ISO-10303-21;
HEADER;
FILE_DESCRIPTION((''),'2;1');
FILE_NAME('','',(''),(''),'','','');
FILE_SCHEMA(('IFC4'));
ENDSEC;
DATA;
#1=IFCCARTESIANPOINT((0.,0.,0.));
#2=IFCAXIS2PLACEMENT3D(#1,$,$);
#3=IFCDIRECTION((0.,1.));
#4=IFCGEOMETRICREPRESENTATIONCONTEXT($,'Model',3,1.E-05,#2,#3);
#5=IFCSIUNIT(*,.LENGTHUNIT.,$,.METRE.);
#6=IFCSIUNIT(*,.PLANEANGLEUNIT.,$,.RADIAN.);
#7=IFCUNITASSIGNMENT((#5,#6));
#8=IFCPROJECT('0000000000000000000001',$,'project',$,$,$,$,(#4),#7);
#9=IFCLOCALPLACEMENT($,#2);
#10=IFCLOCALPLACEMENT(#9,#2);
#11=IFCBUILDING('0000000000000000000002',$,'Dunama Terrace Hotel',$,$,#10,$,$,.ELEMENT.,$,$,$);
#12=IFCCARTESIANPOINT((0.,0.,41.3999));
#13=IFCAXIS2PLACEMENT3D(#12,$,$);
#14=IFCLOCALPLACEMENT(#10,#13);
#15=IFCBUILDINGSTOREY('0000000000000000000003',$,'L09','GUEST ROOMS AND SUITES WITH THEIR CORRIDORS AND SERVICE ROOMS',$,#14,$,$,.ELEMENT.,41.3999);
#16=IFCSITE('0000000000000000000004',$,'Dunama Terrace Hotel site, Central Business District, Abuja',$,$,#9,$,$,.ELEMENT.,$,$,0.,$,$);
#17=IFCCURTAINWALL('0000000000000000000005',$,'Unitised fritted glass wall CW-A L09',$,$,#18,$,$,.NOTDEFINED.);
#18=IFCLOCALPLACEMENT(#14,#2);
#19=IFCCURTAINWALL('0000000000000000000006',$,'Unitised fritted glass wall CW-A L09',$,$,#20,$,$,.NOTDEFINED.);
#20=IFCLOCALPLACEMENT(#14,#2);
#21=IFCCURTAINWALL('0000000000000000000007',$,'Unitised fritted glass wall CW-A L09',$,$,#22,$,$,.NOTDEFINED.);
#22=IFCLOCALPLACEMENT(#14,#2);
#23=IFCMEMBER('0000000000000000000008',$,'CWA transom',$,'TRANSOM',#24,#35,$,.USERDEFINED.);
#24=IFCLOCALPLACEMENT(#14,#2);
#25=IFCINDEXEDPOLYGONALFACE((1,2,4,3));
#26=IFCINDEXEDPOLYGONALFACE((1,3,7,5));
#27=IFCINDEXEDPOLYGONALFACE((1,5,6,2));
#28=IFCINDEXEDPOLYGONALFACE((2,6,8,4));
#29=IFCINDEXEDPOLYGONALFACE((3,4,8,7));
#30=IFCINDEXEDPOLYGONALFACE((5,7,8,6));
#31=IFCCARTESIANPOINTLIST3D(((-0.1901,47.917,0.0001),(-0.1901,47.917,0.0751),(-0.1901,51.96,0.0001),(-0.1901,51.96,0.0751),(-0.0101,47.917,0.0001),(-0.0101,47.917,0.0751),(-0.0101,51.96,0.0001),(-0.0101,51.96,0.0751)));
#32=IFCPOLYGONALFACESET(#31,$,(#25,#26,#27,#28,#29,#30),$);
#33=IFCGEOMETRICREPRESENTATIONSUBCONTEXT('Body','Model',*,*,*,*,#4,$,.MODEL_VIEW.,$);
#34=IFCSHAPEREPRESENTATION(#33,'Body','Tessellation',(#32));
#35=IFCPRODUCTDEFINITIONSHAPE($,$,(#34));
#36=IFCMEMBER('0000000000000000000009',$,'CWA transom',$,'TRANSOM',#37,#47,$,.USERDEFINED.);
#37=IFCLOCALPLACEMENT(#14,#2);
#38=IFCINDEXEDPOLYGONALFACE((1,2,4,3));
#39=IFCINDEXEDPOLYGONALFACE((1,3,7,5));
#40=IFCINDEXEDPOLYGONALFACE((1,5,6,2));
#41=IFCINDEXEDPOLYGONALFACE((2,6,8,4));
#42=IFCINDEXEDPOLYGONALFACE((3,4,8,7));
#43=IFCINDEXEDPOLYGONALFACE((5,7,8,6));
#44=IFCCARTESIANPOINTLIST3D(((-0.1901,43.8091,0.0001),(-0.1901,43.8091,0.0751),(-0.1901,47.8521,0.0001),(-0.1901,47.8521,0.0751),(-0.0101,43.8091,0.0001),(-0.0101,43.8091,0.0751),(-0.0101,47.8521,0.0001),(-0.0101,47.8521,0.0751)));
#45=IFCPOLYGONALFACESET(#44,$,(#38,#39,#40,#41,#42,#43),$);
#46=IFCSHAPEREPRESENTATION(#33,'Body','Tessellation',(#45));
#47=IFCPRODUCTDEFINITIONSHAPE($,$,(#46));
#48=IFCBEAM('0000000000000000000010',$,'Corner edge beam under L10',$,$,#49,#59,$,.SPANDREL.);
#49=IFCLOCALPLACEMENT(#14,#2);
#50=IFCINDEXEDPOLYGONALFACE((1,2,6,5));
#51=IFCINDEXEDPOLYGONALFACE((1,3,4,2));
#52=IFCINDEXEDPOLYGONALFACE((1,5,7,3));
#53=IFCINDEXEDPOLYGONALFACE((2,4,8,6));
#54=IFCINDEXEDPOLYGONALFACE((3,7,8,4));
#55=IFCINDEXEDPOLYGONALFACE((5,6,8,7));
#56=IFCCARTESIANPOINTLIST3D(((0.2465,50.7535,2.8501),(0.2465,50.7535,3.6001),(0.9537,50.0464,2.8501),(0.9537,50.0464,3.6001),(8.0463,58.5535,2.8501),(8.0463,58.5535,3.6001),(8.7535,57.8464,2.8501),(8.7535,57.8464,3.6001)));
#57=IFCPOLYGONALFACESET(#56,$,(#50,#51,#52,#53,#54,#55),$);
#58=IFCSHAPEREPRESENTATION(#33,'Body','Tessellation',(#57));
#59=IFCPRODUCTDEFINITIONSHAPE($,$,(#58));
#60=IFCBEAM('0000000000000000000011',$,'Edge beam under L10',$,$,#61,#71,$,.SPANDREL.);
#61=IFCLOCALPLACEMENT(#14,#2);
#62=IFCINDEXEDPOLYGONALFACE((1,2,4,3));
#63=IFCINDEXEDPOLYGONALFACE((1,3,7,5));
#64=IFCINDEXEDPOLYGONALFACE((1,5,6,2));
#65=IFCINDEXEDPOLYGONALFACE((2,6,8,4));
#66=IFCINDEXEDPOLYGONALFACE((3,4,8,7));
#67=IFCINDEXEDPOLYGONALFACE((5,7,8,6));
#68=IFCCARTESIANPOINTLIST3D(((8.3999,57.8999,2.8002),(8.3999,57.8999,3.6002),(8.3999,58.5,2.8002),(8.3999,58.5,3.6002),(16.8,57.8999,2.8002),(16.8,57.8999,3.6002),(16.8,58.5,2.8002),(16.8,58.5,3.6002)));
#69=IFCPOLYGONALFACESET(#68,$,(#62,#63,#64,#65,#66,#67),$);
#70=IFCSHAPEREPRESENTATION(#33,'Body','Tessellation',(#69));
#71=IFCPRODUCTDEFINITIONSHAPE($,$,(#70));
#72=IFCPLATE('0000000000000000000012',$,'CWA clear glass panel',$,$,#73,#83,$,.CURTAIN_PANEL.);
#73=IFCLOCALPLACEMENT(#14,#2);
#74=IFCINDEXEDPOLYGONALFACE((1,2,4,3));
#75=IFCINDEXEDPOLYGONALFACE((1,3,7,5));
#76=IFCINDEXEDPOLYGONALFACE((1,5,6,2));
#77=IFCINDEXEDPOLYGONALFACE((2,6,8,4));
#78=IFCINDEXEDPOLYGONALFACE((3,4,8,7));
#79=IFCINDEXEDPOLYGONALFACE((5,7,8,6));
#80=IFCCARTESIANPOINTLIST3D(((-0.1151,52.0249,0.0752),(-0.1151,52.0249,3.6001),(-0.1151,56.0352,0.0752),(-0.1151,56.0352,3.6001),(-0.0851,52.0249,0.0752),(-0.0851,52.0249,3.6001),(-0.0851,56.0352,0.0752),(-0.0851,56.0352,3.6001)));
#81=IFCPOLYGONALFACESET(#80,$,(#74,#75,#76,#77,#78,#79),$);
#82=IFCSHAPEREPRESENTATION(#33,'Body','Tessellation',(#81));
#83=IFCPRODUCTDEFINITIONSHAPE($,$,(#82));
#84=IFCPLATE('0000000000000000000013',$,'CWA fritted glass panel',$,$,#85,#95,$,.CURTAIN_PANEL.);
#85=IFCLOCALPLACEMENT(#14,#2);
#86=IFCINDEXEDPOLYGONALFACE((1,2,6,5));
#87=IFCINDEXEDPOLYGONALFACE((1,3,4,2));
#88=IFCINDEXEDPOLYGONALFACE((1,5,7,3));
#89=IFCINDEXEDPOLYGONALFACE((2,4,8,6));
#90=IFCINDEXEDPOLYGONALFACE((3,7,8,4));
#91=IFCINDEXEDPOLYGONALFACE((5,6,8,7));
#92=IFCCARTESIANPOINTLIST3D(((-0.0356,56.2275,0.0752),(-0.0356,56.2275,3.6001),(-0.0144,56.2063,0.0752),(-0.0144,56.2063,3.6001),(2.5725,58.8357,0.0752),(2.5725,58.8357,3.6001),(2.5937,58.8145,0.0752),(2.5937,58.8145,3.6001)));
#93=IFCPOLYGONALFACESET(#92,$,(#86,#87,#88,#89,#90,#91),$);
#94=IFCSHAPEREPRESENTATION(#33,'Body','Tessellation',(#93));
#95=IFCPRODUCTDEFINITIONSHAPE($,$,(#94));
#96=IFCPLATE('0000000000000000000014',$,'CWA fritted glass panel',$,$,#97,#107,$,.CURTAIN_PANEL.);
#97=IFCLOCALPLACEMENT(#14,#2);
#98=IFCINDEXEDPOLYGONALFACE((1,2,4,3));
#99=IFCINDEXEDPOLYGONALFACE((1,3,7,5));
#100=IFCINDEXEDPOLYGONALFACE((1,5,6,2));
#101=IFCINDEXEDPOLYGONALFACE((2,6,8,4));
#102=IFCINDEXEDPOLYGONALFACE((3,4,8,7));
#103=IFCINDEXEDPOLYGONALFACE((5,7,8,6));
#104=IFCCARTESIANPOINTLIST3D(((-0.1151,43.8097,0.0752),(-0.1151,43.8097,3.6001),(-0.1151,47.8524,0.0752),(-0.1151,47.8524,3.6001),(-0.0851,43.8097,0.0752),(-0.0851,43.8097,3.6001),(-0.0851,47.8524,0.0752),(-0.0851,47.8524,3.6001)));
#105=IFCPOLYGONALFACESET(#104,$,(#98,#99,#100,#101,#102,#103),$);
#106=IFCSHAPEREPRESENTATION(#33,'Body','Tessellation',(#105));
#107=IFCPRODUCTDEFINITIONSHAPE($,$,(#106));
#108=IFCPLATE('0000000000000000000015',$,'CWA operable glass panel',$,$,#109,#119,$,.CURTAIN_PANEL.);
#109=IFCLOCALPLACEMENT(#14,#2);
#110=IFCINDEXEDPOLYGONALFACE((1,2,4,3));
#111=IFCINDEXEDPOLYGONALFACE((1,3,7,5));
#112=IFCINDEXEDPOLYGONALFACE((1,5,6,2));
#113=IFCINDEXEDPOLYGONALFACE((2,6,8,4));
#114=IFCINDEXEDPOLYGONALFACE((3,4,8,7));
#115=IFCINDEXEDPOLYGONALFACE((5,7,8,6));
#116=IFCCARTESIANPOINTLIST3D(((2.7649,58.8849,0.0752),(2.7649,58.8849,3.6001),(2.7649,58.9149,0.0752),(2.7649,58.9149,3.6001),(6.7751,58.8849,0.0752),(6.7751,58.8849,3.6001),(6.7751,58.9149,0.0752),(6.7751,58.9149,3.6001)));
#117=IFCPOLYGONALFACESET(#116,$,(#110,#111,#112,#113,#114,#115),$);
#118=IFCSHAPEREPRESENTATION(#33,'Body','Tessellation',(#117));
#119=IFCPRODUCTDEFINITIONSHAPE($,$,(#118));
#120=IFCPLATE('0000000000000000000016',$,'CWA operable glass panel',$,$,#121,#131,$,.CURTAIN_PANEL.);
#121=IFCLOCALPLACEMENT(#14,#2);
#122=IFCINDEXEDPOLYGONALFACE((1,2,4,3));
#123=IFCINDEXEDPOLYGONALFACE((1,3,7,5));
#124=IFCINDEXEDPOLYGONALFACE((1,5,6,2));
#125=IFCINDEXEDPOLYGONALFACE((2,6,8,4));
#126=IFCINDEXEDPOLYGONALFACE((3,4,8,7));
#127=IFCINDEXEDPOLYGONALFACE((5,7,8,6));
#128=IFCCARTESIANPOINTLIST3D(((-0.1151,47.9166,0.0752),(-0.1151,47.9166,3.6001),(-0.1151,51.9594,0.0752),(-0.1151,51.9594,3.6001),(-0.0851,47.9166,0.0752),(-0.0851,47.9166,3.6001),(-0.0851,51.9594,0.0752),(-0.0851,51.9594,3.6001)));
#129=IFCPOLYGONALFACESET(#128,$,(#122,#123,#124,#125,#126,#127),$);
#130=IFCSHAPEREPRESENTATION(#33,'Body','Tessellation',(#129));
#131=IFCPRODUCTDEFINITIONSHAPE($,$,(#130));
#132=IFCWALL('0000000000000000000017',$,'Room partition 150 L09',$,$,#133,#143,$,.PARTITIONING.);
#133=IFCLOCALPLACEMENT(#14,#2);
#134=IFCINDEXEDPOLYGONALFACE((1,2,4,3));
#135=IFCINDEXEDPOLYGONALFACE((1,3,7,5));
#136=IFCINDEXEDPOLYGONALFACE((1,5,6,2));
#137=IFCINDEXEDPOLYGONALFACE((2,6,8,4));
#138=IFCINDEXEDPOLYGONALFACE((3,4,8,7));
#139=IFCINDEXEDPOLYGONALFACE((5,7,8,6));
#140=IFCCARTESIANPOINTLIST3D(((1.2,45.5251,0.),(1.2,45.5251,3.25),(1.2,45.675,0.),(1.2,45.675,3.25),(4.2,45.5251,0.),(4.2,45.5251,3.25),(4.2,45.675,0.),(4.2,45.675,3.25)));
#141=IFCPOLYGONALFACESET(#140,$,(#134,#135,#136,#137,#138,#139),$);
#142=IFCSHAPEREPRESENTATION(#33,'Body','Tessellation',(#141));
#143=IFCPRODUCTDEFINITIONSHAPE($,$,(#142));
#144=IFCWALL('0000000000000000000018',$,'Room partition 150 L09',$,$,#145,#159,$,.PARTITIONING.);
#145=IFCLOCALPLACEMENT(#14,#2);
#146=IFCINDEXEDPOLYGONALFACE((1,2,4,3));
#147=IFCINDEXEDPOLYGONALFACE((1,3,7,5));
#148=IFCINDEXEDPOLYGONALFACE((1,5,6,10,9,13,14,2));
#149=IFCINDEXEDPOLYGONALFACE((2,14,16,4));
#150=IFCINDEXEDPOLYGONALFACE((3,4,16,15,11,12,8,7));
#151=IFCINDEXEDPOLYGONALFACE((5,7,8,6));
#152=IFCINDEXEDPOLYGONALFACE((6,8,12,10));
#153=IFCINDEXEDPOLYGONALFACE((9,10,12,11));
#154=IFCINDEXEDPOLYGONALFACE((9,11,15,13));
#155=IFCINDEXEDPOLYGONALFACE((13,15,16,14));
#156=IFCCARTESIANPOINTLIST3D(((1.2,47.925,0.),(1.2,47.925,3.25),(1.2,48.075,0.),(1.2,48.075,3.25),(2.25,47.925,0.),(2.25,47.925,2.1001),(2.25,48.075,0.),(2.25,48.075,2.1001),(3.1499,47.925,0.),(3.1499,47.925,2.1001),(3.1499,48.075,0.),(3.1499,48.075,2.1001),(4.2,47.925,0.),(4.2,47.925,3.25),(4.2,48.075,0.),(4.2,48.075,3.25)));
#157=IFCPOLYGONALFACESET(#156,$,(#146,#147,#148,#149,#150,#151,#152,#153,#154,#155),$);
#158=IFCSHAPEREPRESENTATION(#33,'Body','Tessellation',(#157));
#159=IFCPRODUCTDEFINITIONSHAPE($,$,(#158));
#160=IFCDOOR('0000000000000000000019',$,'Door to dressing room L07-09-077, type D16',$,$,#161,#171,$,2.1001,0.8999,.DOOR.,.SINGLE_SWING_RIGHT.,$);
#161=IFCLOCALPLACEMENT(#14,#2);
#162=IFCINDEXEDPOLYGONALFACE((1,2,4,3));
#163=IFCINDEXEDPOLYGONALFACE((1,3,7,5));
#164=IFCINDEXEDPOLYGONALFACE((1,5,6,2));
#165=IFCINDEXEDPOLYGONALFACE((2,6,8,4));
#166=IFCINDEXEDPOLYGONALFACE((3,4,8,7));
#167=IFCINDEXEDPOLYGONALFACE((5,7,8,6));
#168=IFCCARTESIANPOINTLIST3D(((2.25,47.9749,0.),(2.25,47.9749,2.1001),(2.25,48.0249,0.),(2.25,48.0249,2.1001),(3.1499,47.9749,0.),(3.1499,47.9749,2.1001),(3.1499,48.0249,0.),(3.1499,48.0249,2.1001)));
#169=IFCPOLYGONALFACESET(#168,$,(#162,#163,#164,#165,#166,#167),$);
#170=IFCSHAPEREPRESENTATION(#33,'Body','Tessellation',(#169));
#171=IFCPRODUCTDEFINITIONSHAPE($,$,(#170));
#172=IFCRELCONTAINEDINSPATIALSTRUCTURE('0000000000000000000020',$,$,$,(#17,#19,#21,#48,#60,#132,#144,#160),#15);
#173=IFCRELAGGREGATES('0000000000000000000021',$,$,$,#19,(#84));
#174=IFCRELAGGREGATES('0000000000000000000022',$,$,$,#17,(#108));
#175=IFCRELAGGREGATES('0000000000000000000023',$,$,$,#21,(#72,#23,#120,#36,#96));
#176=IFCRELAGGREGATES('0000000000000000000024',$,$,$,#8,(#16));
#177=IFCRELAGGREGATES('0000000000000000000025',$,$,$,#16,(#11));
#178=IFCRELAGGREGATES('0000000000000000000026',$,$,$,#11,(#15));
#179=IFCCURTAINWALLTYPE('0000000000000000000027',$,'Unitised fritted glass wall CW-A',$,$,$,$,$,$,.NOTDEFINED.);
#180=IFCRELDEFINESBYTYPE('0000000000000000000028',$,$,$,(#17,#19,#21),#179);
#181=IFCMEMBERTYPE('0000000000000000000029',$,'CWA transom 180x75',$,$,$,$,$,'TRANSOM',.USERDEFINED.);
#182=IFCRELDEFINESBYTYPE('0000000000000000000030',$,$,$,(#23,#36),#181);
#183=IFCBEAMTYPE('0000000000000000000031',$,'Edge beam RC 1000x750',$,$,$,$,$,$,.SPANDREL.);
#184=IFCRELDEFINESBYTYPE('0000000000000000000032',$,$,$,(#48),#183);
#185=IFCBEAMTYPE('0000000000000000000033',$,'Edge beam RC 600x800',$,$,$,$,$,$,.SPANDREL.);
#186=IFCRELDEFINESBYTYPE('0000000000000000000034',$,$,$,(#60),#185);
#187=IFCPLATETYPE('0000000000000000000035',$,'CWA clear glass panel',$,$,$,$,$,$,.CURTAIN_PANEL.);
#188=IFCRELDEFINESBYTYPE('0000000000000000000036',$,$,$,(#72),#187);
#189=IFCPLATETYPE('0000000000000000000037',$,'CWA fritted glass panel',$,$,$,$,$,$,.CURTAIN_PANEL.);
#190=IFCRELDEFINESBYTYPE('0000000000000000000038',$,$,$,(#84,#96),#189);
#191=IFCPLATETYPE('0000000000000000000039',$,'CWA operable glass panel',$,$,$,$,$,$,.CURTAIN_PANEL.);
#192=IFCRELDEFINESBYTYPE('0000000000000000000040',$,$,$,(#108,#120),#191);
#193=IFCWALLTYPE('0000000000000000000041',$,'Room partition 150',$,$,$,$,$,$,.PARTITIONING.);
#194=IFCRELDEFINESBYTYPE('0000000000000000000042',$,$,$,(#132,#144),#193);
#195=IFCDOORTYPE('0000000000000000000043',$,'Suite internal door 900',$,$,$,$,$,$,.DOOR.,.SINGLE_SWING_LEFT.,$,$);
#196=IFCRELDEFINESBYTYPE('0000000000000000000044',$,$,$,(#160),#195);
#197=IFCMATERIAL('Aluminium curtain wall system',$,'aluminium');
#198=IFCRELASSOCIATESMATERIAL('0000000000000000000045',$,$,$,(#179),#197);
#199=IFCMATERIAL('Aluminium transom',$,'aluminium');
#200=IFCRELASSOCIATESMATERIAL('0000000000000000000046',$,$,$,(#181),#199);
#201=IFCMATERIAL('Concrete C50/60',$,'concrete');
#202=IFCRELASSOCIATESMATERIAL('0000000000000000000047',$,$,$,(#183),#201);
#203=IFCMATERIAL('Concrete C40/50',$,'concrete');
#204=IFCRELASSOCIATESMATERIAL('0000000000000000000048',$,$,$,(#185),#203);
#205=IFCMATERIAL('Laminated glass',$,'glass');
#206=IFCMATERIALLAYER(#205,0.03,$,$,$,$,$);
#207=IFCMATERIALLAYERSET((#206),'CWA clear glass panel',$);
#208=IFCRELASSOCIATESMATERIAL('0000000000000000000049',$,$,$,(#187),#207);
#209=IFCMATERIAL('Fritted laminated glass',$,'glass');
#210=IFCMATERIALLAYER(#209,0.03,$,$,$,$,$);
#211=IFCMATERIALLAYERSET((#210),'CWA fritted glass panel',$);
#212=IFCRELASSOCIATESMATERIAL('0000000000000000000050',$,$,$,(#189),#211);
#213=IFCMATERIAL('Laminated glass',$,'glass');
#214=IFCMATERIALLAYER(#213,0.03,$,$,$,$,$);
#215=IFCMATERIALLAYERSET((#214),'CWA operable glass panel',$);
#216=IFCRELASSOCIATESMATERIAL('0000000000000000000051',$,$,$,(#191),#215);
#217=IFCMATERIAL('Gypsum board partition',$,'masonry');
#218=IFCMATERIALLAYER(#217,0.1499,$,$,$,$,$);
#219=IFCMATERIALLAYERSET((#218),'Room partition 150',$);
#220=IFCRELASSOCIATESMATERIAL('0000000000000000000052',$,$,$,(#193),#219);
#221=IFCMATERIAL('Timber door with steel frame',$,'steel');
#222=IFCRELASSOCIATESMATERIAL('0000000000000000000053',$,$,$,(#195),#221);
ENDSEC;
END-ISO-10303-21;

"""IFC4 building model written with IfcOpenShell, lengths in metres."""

from ifc_helpers import new_model, si_unit, direction, frame, frame_2d, origin, origin_2d, place, context, subcontext, project, spatial, rectangle, extrude, material, layer, layer_set, material_profile, profile_set, type_object, element, fill, aggregate, save


model = new_model("IFC4")

# Units and contexts
model_context = context("Model", 3, precision=1e-05, world=origin(), true_north=direction((0.0, 1.0)))
body_context = subcontext(model_context, "Body", "Model", "MODEL_VIEW")
ifc_project = project(units=[si_unit("LENGTHUNIT", "METRE"), si_unit("PLANEANGLEUNIT", "RADIAN")], contexts=[model_context])

# Site, building, storey
site_placement = place(None, origin())
site = spatial("IfcSite", under=ifc_project, at=site_placement, Name="Dunama Terrace Hotel site, Central Business District, Abuja", CompositionType="ELEMENT", RefElevation=0.0)
building_placement = place(site_placement, origin())
building = spatial("IfcBuilding", under=site, at=building_placement, Name="Dunama Terrace Hotel", CompositionType="ELEMENT")
storey_placement = place(building_placement, frame((0.0, 0.0, 41.3999)))
storey = spatial("IfcBuildingStorey", under=building, at=storey_placement, Name="L09", Description="GUEST ROOMS AND SUITES WITH THEIR CORRIDORS AND SERVICE ROOMS", CompositionType="ELEMENT", Elevation=41.3999)

# Curtain walls
ifc_material_1 = material(Name="Aluminium curtain wall system", Category="aluminium")
curtain_wall_type = type_object("IfcCurtainWallType", Name="Unitised fritted glass wall CW-A", PredefinedType="NOTDEFINED", material=ifc_material_1)
curtain_wall_1_placement = place(storey_placement, origin())
curtain_wall_1 = element("IfcCurtainWall", 1, at=curtain_wall_1_placement, inside=storey, type_object=curtain_wall_type, Name="Unitised fritted glass wall CW-A L09", PredefinedType="NOTDEFINED")
curtain_wall_2_placement = place(storey_placement, origin())
curtain_wall_2 = element("IfcCurtainWall", 2, at=curtain_wall_2_placement, inside=storey, type_object=curtain_wall_type, Name="Unitised fritted glass wall CW-A L09", PredefinedType="NOTDEFINED")
curtain_wall_3_placement = place(storey_placement, origin())
curtain_wall_3 = element("IfcCurtainWall", 3, at=curtain_wall_3_placement, inside=storey, type_object=curtain_wall_type, Name="Unitised fritted glass wall CW-A L09", PredefinedType="NOTDEFINED")

# Members
ifc_material_2 = material(Name="Aluminium transom", Category="aluminium")
ifc_material_profile_1 = material_profile(ifc_material_2, rectangle(XDim=0.1799, YDim=0.075, at=origin_2d()), Name="CWA TRANSOM 180X75")
ifc_profile_set_1 = profile_set([ifc_material_profile_1], Name="Aluminium transom")
member_type_1 = type_object("IfcMemberType", Name="CWA transom 180x75", ElementType="TRANSOM", PredefinedType="USERDEFINED", material=ifc_profile_set_1)
member_1_placement = place(storey_placement, frame((-0.1001, 51.96, 0.0376), z_axis=(0.0, -1.0, 0.0), x_axis=(1.0, 0.0, 0.0)))
member_1 = element("IfcMember", 4, at=member_1_placement, type_object=member_type_1, Name="CWA transom", ObjectType="TRANSOM", PredefinedType="USERDEFINED", context=body_context, shape_type="SweptSolid", body=[
    extrude(rectangle(XDim=0.1799, YDim=0.075, at=origin_2d()), origin(), (0.0, 0.0, 1.0), 4.043),
])
member_2_placement = place(storey_placement, frame((-0.1001, 47.8521, 0.0376), z_axis=(0.0, -1.0, 0.0), x_axis=(1.0, 0.0, 0.0)))
member_2 = element("IfcMember", 5, at=member_2_placement, type_object=member_type_1, Name="CWA transom", ObjectType="TRANSOM", PredefinedType="USERDEFINED", context=body_context, shape_type="SweptSolid", body=[
    extrude(rectangle(XDim=0.1799, YDim=0.075, at=origin_2d()), origin(), (0.0, 0.0, 1.0), 4.043),
])

# Beams
ifc_material_3 = material(Name="Concrete C50/60", Category="concrete")
ifc_material_profile_2 = material_profile(ifc_material_3, rectangle(XDim=1.0, YDim=0.75, at=origin_2d()), Name="RC 1000x750")
ifc_profile_set_2 = profile_set([ifc_material_profile_2], Name="Concrete C50/60")
beam_type_1 = type_object("IfcBeamType", Name="Edge beam RC 1000x750", PredefinedType="SPANDREL", material=ifc_profile_set_2)
beam_1_placement = place(storey_placement, frame((8.3999, 58.2, 3.2251), z_axis=(-0.707096, -0.707118, 0.0), x_axis=(0.707118, -0.707096, 0.0)))
element("IfcBeam", 6, at=beam_1_placement, inside=storey, type_object=beam_type_1, Name="Corner edge beam under L10", PredefinedType="SPANDREL", context=body_context, shape_type="SweptSolid", body=[
    extrude(rectangle(XDim=1.0, YDim=0.75, at=origin_2d()), origin(), (0.0, 0.0, 1.0), 11.0308),
])
ifc_material_4 = material(Name="Concrete C40/50", Category="concrete")
ifc_material_profile_3 = material_profile(ifc_material_4, rectangle(XDim=0.6001, YDim=0.8, at=origin_2d()), Name="RC 600x800")
ifc_profile_set_3 = profile_set([ifc_material_profile_3], Name="Concrete C40/50")
beam_type_2 = type_object("IfcBeamType", Name="Edge beam RC 600x800", PredefinedType="SPANDREL", material=ifc_profile_set_3)
beam_2_placement = place(storey_placement, frame((8.3999, 58.2, 3.2002), z_axis=(1.0, 0.0, 0.0), x_axis=(0.0, 1.0, 0.0)))
element("IfcBeam", 7, at=beam_2_placement, inside=storey, type_object=beam_type_2, Name="Edge beam under L10", PredefinedType="SPANDREL", context=body_context, shape_type="SweptSolid", body=[
    extrude(rectangle(XDim=0.6001, YDim=0.8, at=origin_2d()), origin(), (0.0, 0.0, 1.0), 8.4001),
])

# Plates
ifc_material_5 = material(Name="Laminated glass", Category="glass")
ifc_layer_1 = layer(ifc_material_5, 0.03)
ifc_layer_set_1 = layer_set([ifc_layer_1], Name="CWA clear glass panel")
plate_type_1 = type_object("IfcPlateType", Name="CWA clear glass panel", PredefinedType="CURTAIN_PANEL", material=ifc_layer_set_1)
plate_1_placement = place(storey_placement, frame((-0.1001, 54.03, 0.0752), z_axis=(0.0, 0.0, 1.0), x_axis=(0.0, -1.0, 0.0)))
plate_1 = element("IfcPlate", 8, at=plate_1_placement, type_object=plate_type_1, Name="CWA clear glass panel", PredefinedType="CURTAIN_PANEL", context=body_context, shape_type="SweptSolid", body=[
    extrude(rectangle(XDim=4.0103, YDim=0.03, at=origin_2d()), origin(), (0.0, 0.0, 1.0), 3.5249),
])
ifc_material_6 = material(Name="Fritted laminated glass", Category="glass")
ifc_layer_2 = layer(ifc_material_6, 0.03)
ifc_layer_set_2 = layer_set([ifc_layer_2], Name="CWA fritted glass panel")
plate_type_2 = type_object("IfcPlateType", Name="CWA fritted glass panel", PredefinedType="CURTAIN_PANEL", material=ifc_layer_set_2)
plate_2_placement = place(storey_placement, frame((1.2791, 57.521, 0.0752), z_axis=(0.0, 0.0, 1.0), x_axis=(-0.707107, -0.707107, 0.0)))
plate_2 = element("IfcPlate", 9, at=plate_2_placement, type_object=plate_type_2, Name="CWA fritted glass panel", PredefinedType="CURTAIN_PANEL", context=body_context, shape_type="SweptSolid", body=[
    extrude(rectangle(XDim=3.6885, YDim=0.03, at=origin_2d()), origin(), (0.0, 0.0, 1.0), 3.5249),
])
aggregate(curtain_wall_2, [plate_2])
plate_3_placement = place(storey_placement, frame((-0.1001, 45.8311, 0.0752), z_axis=(0.0, 0.0, 1.0), x_axis=(0.0, -1.0, 0.0)))
plate_3 = element("IfcPlate", 10, at=plate_3_placement, type_object=plate_type_2, Name="CWA fritted glass panel", PredefinedType="CURTAIN_PANEL", context=body_context, shape_type="SweptSolid", body=[
    extrude(rectangle(XDim=4.0427, YDim=0.03, at=origin_2d()), origin(), (0.0, 0.0, 1.0), 3.5249),
])
ifc_material_7 = material(Name="Laminated glass", Category="glass")
ifc_layer_3 = layer(ifc_material_7, 0.03)
ifc_layer_set_3 = layer_set([ifc_layer_3], Name="CWA operable glass panel")
plate_type_3 = type_object("IfcPlateType", Name="CWA operable glass panel", PredefinedType="CURTAIN_PANEL", material=ifc_layer_set_3)
plate_4_placement = place(storey_placement, frame((4.77, 58.8999, 0.0752), z_axis=(0.0, 0.0, 1.0), x_axis=(-1.0, 0.0, 0.0)))
plate_4 = element("IfcPlate", 11, at=plate_4_placement, type_object=plate_type_3, Name="CWA operable glass panel", PredefinedType="CURTAIN_PANEL", context=body_context, shape_type="SweptSolid", body=[
    extrude(rectangle(XDim=4.0103, YDim=0.03, at=origin_2d()), origin(), (0.0, 0.0, 1.0), 3.5249),
])
aggregate(curtain_wall_1, [plate_4])
plate_5_placement = place(storey_placement, frame((-0.1001, 49.938, 0.0752), z_axis=(0.0, 0.0, 1.0), x_axis=(0.0, -1.0, 0.0)))
plate_5 = element("IfcPlate", 12, at=plate_5_placement, type_object=plate_type_3, Name="CWA operable glass panel", PredefinedType="CURTAIN_PANEL", context=body_context, shape_type="SweptSolid", body=[
    extrude(rectangle(XDim=4.0427, YDim=0.03, at=origin_2d()), origin(), (0.0, 0.0, 1.0), 3.5249),
])
aggregate(curtain_wall_3, [plate_1, member_1, plate_5, member_2, plate_3])

# Wall
ifc_material_8 = material(Name="Gypsum board partition", Category="masonry")
ifc_layer_4 = layer(ifc_material_8, 0.1499)
ifc_layer_set_4 = layer_set([ifc_layer_4], Name="Room partition 150")
wall_type = type_object("IfcWallType", Name="Room partition 150", PredefinedType="PARTITIONING", material=ifc_layer_set_4)
wall_1_placement = place(storey_placement, frame((1.2, 45.6001, 0.0), z_axis=(0.0, 0.0, 1.0), x_axis=(1.0, 0.0, 0.0)))
element("IfcWall", 13, at=wall_1_placement, inside=storey, type_object=wall_type, Name="Room partition 150 L09", PredefinedType="PARTITIONING", context=body_context, shape_type="SweptSolid", body=[
    extrude(rectangle(XDim=3.0, YDim=0.1499, at=frame_2d((1.5, 0.0))), origin(), (0.0, 0.0, 1.0), 3.25),
])

# Wall, opening, door
wall_2_placement = place(storey_placement, frame((1.2, 48.0, 0.0), z_axis=(0.0, 0.0, 1.0), x_axis=(1.0, 0.0, 0.0)))
wall_2 = element("IfcWall", 14, at=wall_2_placement, inside=storey, type_object=wall_type, Name="Room partition 150 L09", PredefinedType="PARTITIONING", context=body_context, shape_type="SweptSolid", body=[
    extrude(rectangle(XDim=3.0, YDim=0.1499, at=frame_2d((1.5, 0.0))), origin(), (0.0, 0.0, 1.0), 3.25),
])
opening_placement = place(wall_2_placement, frame((1.05, 0.0, 0.0)))
opening = element("IfcOpeningElement", 15, at=opening_placement, cuts=wall_2, PredefinedType="OPENING", context=body_context, shape_type="SweptSolid", body=[
    extrude(rectangle(XDim=0.8999, YDim=2.1001, at=frame_2d((0.45, 1.05))), frame((0.0, 0.085, 0.0), z_axis=(0.0, -1.0, 0.0), x_axis=(1.0, 0.0, 0.0)), (0.0, 0.0, 1.0), 0.1699),
])
ifc_material_9 = material(Name="Timber door with steel frame", Category="steel")
door_type = type_object("IfcDoorType", Name="Suite internal door 900", OperationType="SINGLE_SWING_LEFT", PredefinedType="DOOR", material=ifc_material_9)
door_placement = place(opening_placement, frame((0.8999, 0.0, 0.0), z_axis=(0.0, 0.0, 1.0), x_axis=(-1.0, 0.0, 0.0)))
door = element("IfcDoor", 16, at=door_placement, inside=storey, type_object=door_type, Name="Door to dressing room L07-09-077, type D16", OperationType="SINGLE_SWING_RIGHT", OverallHeight=2.1001, OverallWidth=0.8999, PredefinedType="DOOR", context=body_context, shape_type="SweptSolid", body=[
    extrude(rectangle(XDim=0.8999, YDim=2.1001, at=frame_2d((0.45, 1.05))), frame((0.0, 0.0251, 0.0), z_axis=(0.0, -1.0, 0.0), x_axis=(1.0, 0.0, 0.0)), (0.0, 0.0, 1.0), 0.05),
])
fill(opening, door)

save(model, "model.ifc")
